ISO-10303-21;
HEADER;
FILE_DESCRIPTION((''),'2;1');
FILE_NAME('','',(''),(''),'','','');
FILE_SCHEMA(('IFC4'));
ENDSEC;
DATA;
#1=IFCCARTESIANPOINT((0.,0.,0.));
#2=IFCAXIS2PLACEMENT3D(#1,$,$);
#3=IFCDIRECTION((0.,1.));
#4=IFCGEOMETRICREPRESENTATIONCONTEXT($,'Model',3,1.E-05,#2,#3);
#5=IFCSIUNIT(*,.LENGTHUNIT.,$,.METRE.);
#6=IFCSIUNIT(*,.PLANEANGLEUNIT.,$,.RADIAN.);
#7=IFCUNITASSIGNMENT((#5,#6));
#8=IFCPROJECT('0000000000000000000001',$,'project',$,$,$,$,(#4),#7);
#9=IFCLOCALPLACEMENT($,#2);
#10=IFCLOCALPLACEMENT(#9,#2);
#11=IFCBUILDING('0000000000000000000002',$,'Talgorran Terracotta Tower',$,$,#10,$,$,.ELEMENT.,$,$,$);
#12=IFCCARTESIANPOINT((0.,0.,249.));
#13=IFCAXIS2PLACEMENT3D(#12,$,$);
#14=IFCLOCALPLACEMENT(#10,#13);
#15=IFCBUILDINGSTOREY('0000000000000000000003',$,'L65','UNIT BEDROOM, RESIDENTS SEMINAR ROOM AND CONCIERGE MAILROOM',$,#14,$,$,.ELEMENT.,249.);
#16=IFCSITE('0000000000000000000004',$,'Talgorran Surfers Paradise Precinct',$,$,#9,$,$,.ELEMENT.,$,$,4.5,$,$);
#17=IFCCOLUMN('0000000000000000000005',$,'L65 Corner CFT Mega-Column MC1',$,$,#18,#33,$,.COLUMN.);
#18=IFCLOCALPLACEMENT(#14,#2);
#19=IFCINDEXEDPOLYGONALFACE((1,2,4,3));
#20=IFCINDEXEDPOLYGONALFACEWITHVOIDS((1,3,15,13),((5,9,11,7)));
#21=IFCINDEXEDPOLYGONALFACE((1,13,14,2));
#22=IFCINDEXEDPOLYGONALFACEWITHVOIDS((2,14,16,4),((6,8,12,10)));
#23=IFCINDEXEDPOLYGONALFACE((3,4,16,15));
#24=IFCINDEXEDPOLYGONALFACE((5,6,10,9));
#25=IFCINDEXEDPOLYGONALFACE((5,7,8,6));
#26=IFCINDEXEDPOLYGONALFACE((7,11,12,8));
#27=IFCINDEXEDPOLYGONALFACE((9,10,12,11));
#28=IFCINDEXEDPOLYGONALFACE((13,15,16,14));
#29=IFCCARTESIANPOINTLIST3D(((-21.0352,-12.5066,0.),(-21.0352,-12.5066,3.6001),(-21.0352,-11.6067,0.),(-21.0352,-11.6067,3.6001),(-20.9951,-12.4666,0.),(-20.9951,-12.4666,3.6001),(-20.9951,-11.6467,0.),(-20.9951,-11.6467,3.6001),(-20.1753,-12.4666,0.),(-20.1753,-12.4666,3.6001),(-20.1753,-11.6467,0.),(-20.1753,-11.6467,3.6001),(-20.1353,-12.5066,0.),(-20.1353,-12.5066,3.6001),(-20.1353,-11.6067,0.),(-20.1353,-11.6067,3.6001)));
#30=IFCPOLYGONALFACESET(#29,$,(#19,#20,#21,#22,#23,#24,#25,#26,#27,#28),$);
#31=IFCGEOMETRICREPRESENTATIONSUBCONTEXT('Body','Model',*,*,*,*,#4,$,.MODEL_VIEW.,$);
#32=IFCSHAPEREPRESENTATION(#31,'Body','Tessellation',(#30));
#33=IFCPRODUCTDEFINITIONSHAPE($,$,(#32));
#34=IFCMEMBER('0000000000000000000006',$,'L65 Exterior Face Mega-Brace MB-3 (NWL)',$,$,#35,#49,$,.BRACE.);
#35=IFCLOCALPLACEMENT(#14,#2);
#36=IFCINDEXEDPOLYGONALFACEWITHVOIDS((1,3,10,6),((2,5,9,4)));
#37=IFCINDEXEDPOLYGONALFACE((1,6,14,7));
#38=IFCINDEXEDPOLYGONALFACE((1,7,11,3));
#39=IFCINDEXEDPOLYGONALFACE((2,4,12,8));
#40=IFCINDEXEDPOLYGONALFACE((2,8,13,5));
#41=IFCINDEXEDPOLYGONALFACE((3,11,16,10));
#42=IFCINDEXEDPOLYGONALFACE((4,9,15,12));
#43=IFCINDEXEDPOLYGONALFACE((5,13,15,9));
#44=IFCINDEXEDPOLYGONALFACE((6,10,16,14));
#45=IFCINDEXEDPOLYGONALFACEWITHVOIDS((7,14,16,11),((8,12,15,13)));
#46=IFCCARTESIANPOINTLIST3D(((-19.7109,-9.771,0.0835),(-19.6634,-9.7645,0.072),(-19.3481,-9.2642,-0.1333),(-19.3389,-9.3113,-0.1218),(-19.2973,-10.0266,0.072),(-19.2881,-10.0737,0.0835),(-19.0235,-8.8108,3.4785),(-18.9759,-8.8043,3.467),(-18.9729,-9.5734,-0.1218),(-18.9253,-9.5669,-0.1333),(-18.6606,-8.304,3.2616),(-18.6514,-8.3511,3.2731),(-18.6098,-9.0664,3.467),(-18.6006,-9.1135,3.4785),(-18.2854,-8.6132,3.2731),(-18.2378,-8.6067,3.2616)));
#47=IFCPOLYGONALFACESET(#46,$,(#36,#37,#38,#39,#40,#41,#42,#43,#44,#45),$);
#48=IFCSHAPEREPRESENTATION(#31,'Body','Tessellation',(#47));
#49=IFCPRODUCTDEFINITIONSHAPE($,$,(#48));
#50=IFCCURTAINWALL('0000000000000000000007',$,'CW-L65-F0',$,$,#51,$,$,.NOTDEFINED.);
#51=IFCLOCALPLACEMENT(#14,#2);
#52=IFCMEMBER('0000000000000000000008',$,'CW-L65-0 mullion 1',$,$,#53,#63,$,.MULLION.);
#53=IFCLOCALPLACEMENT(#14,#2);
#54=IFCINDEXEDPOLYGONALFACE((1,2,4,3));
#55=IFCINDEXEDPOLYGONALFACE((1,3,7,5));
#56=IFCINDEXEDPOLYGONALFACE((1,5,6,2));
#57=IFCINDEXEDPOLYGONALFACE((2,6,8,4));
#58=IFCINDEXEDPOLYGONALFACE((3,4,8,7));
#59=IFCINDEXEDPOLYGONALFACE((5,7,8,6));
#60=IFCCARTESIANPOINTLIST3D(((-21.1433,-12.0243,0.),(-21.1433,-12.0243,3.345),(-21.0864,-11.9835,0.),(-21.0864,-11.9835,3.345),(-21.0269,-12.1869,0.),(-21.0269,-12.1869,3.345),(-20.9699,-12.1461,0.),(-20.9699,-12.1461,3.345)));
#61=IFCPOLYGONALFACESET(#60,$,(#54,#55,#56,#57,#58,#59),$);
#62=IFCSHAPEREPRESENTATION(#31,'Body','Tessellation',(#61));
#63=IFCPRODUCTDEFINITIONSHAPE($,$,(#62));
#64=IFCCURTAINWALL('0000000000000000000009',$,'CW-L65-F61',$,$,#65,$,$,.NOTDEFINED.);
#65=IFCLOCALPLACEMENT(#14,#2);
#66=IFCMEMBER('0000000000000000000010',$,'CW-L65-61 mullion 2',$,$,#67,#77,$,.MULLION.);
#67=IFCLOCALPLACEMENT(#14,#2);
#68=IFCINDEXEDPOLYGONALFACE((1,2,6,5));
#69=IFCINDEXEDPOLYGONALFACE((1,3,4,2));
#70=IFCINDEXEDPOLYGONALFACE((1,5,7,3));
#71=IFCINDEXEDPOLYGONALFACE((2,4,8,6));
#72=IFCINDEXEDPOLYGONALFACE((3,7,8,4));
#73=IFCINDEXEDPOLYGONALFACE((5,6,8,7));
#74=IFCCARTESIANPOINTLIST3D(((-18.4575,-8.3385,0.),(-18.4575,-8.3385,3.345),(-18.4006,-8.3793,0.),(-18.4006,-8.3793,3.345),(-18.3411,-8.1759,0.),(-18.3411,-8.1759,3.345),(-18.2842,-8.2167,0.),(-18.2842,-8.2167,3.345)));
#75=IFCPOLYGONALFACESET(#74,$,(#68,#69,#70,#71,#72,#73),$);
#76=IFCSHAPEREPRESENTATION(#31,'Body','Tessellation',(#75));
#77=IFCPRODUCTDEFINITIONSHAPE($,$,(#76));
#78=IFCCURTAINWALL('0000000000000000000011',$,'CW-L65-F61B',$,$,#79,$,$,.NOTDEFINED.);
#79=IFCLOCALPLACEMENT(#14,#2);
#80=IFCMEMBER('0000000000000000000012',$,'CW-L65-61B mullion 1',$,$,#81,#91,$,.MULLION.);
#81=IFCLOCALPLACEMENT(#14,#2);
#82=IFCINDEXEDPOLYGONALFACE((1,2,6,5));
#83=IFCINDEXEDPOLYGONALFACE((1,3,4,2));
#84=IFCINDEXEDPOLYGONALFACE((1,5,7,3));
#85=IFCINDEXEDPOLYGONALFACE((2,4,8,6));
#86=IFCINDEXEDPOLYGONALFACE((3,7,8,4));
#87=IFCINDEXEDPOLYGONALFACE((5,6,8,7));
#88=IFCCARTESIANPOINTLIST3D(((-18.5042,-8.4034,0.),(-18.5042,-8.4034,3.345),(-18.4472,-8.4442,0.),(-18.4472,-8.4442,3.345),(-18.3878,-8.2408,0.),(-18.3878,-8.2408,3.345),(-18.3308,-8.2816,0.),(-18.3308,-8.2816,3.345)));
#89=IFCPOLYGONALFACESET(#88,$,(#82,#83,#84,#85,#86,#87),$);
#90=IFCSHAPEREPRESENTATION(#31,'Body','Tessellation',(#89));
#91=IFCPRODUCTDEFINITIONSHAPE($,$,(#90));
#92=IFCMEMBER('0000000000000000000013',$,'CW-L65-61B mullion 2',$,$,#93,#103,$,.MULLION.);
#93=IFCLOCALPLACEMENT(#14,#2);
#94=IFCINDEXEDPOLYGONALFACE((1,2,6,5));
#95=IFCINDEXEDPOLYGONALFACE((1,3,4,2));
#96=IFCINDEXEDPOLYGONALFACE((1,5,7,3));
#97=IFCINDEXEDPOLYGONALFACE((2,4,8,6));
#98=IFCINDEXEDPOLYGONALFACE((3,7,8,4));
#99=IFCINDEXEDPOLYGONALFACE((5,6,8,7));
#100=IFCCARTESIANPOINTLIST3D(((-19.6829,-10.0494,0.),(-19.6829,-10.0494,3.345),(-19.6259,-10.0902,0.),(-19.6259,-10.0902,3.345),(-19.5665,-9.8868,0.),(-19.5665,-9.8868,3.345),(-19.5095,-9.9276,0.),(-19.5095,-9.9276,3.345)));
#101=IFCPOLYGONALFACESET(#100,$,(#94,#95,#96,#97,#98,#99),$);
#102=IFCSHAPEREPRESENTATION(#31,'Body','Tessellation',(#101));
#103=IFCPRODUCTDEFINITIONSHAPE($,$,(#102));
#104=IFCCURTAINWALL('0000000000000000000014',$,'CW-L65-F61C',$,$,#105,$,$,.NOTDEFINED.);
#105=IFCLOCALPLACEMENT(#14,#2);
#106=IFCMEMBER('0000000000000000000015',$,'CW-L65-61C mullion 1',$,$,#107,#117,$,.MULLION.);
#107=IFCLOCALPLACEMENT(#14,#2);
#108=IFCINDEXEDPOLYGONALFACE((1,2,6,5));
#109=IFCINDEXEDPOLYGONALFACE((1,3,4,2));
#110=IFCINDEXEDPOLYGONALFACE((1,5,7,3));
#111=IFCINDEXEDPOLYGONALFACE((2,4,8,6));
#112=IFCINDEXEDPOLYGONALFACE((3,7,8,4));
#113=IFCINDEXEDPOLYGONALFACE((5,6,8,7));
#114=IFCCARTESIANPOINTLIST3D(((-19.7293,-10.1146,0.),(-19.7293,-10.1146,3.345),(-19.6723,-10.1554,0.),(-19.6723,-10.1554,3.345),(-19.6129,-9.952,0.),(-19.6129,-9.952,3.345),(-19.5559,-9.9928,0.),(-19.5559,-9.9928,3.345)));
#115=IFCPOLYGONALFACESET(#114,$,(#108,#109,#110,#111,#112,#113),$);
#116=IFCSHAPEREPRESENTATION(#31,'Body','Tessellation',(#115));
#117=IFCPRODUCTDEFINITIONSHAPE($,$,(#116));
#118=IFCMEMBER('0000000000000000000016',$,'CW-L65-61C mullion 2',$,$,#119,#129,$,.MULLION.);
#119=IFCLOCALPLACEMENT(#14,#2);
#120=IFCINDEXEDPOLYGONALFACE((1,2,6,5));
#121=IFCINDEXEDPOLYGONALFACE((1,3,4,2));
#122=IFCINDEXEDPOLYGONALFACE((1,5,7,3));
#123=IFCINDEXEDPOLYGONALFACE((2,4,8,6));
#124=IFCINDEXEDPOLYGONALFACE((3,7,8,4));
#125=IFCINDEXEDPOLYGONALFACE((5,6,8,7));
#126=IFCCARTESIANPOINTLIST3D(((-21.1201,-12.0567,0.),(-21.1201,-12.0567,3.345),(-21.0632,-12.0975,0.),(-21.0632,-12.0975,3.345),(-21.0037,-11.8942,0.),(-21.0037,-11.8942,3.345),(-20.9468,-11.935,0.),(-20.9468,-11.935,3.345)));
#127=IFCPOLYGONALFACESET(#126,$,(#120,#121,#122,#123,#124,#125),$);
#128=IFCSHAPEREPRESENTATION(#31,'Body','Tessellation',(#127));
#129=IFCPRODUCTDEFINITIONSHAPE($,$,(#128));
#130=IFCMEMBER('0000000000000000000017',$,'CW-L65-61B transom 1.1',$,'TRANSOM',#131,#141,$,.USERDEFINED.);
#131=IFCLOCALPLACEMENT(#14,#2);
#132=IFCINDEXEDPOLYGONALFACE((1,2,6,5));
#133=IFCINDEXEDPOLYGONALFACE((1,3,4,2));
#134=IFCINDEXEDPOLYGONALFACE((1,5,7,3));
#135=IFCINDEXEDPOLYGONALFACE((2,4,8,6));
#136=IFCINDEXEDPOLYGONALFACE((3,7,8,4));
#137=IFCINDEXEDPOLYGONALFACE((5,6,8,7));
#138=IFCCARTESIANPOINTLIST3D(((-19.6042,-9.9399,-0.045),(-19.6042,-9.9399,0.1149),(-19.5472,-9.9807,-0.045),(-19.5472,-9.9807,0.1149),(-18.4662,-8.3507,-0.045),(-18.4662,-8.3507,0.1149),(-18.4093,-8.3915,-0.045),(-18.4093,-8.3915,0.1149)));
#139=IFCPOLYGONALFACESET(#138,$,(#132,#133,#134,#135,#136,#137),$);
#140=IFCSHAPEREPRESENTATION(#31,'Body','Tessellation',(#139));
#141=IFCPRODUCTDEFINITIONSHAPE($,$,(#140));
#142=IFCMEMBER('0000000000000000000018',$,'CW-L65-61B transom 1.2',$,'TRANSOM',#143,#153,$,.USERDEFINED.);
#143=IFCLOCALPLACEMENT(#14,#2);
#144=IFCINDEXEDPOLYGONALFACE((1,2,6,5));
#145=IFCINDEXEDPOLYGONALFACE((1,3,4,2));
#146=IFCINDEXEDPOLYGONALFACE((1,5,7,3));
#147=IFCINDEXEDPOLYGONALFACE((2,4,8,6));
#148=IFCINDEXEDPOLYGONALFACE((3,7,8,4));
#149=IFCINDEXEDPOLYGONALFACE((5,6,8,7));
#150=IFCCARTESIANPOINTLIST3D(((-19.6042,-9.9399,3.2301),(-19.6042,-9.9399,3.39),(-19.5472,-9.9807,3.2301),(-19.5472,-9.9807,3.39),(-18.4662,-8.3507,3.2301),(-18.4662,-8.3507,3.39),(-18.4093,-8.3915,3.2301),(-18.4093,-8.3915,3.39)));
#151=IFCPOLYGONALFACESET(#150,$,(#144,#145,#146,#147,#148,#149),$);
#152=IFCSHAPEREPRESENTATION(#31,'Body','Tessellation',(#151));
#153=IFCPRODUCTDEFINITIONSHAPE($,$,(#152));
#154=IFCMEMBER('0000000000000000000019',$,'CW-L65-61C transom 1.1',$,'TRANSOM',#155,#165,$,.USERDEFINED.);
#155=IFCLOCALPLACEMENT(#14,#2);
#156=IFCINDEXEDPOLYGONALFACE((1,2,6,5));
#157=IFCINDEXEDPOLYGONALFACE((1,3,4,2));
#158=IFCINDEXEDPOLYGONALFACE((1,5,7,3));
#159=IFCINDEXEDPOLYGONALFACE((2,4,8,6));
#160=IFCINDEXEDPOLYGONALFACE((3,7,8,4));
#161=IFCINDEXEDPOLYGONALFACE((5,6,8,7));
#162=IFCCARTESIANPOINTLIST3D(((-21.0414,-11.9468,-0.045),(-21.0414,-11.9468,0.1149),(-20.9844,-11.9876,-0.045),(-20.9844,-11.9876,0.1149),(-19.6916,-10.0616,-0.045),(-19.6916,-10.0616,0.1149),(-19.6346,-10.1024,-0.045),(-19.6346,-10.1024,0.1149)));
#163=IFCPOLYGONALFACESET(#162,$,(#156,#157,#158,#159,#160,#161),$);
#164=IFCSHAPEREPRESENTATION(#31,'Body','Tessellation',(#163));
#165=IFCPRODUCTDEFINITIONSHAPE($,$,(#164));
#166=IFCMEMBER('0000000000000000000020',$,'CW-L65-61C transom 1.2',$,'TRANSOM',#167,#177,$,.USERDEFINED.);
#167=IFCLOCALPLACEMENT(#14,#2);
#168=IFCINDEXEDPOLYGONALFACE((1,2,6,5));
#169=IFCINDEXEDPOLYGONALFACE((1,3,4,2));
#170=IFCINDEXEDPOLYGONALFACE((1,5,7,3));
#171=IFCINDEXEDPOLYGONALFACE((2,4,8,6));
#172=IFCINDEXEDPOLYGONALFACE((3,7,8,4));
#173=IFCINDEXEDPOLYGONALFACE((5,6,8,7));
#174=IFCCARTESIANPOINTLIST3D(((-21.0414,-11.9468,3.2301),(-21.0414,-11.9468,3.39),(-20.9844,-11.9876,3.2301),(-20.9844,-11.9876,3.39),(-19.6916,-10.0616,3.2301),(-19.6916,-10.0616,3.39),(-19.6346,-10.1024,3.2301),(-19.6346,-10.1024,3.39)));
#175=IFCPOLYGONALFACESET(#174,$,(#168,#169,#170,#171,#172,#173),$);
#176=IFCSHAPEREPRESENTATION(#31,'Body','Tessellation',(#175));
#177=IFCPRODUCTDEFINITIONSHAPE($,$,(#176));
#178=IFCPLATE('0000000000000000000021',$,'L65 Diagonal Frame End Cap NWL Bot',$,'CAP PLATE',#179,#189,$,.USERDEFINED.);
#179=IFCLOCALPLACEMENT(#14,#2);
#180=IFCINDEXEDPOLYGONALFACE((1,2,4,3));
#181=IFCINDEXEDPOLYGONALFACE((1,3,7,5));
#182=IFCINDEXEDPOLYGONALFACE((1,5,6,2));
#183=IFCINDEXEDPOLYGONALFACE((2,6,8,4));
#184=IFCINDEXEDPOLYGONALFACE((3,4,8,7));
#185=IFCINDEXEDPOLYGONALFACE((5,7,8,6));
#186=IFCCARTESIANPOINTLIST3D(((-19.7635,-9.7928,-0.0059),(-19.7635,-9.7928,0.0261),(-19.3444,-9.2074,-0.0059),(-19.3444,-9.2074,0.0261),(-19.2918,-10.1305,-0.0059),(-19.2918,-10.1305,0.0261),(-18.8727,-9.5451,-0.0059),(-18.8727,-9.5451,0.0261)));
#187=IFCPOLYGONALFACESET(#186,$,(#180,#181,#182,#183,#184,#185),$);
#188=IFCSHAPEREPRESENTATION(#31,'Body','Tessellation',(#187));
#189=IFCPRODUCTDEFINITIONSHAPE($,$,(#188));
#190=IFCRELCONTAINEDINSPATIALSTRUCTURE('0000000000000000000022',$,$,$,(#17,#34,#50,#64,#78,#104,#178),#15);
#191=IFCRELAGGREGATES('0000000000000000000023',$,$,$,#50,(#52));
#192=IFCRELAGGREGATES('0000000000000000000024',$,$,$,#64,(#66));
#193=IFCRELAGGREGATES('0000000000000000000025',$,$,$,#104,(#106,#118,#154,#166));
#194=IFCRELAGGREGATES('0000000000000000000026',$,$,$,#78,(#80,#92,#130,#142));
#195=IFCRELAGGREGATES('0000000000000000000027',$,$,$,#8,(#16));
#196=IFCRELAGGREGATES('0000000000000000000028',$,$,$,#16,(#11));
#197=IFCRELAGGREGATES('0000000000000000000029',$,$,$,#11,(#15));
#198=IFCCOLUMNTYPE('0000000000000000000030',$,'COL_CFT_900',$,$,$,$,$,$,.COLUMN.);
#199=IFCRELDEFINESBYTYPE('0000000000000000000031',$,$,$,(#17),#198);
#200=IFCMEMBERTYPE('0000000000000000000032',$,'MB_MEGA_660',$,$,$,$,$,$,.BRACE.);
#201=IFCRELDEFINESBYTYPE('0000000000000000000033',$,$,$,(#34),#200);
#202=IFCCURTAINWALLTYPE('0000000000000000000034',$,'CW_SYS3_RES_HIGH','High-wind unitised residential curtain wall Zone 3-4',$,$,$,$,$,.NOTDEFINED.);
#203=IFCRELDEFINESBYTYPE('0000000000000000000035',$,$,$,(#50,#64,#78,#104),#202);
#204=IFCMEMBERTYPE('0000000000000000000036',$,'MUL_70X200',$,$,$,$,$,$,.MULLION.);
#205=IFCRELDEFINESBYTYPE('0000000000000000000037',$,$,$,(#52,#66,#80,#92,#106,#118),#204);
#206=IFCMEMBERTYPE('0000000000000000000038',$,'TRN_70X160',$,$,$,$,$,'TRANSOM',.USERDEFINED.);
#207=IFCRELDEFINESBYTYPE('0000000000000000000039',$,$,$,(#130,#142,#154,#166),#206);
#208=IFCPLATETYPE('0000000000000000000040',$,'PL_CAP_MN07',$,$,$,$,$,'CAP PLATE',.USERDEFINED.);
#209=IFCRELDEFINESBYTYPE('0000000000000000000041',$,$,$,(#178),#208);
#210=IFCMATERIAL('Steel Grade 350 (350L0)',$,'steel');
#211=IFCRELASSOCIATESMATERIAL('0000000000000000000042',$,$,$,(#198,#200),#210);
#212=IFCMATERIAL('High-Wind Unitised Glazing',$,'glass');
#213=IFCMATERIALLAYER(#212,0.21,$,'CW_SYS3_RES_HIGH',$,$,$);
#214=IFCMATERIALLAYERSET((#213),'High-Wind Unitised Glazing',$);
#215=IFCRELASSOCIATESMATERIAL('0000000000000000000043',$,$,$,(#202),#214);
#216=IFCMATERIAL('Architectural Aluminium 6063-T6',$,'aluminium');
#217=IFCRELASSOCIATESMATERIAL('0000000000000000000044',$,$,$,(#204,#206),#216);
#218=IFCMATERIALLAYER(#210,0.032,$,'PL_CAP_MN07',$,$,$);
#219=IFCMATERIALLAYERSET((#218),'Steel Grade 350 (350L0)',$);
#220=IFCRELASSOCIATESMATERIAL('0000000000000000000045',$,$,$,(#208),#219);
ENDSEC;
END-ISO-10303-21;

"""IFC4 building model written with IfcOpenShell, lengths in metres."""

from ifc_helpers import new_model, si_unit, direction, frame, origin, origin_2d, place, context, subcontext, project, spatial, rectangle, hollow_rectangle, extrude, material, layer, layer_set, material_profile, profile_set, type_object, element, aggregate, save


model = new_model("IFC4")

# Units and contexts
model_context = context("Model", 3, precision=1e-05, world=origin(), true_north=direction((0.0, 1.0)))
body_context = subcontext(model_context, "Body", "Model", "MODEL_VIEW")
ifc_project = project(units=[si_unit("LENGTHUNIT", "METRE"), si_unit("PLANEANGLEUNIT", "RADIAN")], contexts=[model_context])

# Site, building, storey
site_placement = place(None, origin())
site = spatial("IfcSite", under=ifc_project, at=site_placement, Name="Talgorran Surfers Paradise Precinct", CompositionType="ELEMENT", RefElevation=4.5)
building_placement = place(site_placement, origin())
building = spatial("IfcBuilding", under=site, at=building_placement, Name="Talgorran Terracotta Tower", CompositionType="ELEMENT")
storey_placement = place(building_placement, frame((0.0, 0.0, 249.0)))
storey = spatial("IfcBuildingStorey", under=building, at=storey_placement, Name="L65", Description="UNIT BEDROOM, RESIDENTS SEMINAR ROOM AND CONCIERGE MAILROOM", CompositionType="ELEMENT", Elevation=249.0)

# Column
ifc_material_1 = material(Name="Steel Grade 350 (350L0)", Category="steel")
ifc_material_profile_1 = material_profile(ifc_material_1, hollow_rectangle(XDim=0.8999, YDim=0.8999, WallThickness=0.04, at=origin_2d()), Name="CFT900X900X40")
ifc_profile_set_1 = profile_set([ifc_material_profile_1], Name="Steel Grade 350 (350L0)")
column_type = type_object("IfcColumnType", Name="COL_CFT_900", PredefinedType="COLUMN", material=ifc_profile_set_1)
column_placement = place(storey_placement, frame((-20.5852, -12.0566, 0.0), z_axis=(0.0, 0.0, 1.0), x_axis=(1.0, 0.0, 0.0)))
element("IfcColumn", 1, at=column_placement, inside=storey, type_object=column_type, Name="L65 Corner CFT Mega-Column MC1", PredefinedType="COLUMN", context=body_context, shape_type="SweptSolid", body=[
    extrude(hollow_rectangle(XDim=0.8999, YDim=0.8999, WallThickness=0.04, at=origin_2d()), origin(), (0.0, 0.0, 1.0), 3.6001),
])

# Member
ifc_material_profile_2 = material_profile(ifc_material_1, hollow_rectangle(XDim=0.52, YDim=0.6599, WallThickness=0.0349, at=origin_2d()), Name="WBOX660X520X35")
ifc_profile_set_2 = profile_set([ifc_material_profile_2], Name="Steel Grade 350 (350L0)")
member_type_1 = type_object("IfcMemberType", Name="MB_MEGA_660", PredefinedType="BRACE", material=ifc_profile_set_2)
member_1_placement = place(storey_placement, frame((-19.3181, -9.6689, -0.0249), z_axis=(0.191262, 0.267128, 0.94449), x_axis=(-0.813076, 0.582157, 0.0)))
element("IfcMember", 2, at=member_1_placement, inside=storey, type_object=member_type_1, Name="L65 Exterior Face Mega-Brace MB-3 (NWL)", PredefinedType="BRACE", context=body_context, shape_type="SweptSolid", body=[
    extrude(hollow_rectangle(XDim=0.52, YDim=0.6599, WallThickness=0.0349, at=origin_2d()), origin(), (0.0, 0.0, 1.0), 3.5945),
])

# Curtain walls, members
ifc_material_2 = material(Name="High-Wind Unitised Glazing", Category="glass")
ifc_layer_1 = layer(ifc_material_2, 0.21, Name="CW_SYS3_RES_HIGH")
ifc_layer_set_1 = layer_set([ifc_layer_1], Name="High-Wind Unitised Glazing")
curtain_wall_type = type_object("IfcCurtainWallType", Name="CW_SYS3_RES_HIGH", Description="High-wind unitised residential curtain wall Zone 3-4", PredefinedType="NOTDEFINED", material=ifc_layer_set_1)
curtain_wall_1_placement = place(storey_placement, origin())
curtain_wall_1 = element("IfcCurtainWall", 3, at=curtain_wall_1_placement, inside=storey, type_object=curtain_wall_type, Name="CW-L65-F0", PredefinedType="NOTDEFINED")
ifc_material_3 = material(Name="Architectural Aluminium 6063-T6", Category="aluminium")
ifc_material_profile_3 = material_profile(ifc_material_3, rectangle(XDim=0.0701, YDim=0.2, at=origin_2d()), Name="CWM70X200")
ifc_profile_set_3 = profile_set([ifc_material_profile_3], Name="Architectural Aluminium 6063-T6")
member_type_2 = type_object("IfcMemberType", Name="MUL_70X200", PredefinedType="MULLION", material=ifc_profile_set_3)
member_2_placement = place(storey_placement, frame((-21.0566, -12.0852, 0.0), z_axis=(0.0, 0.0, 1.0), x_axis=(0.813031, 0.58222, 0.0)))
member_2 = element("IfcMember", 4, at=member_2_placement, type_object=member_type_2, Name="CW-L65-0 mullion 1", PredefinedType="MULLION", context=body_context, shape_type="SweptSolid", body=[
    extrude(rectangle(XDim=0.0701, YDim=0.2, at=origin_2d()), origin(), (0.0, 0.0, 1.0), 3.345),
])
aggregate(curtain_wall_1, [member_2])
curtain_wall_2_placement = place(storey_placement, origin())
curtain_wall_2 = element("IfcCurtainWall", 5, at=curtain_wall_2_placement, inside=storey, type_object=curtain_wall_type, Name="CW-L65-F61", PredefinedType="NOTDEFINED")
member_3_placement = place(storey_placement, frame((-18.3708, -8.2776, 0.0), z_axis=(0.0, 0.0, 1.0), x_axis=(0.81304, -0.582208, 0.0)))
member_3 = element("IfcMember", 6, at=member_3_placement, type_object=member_type_2, Name="CW-L65-61 mullion 2", PredefinedType="MULLION", context=body_context, shape_type="SweptSolid", body=[
    extrude(rectangle(XDim=0.0701, YDim=0.2, at=origin_2d()), origin(), (0.0, 0.0, 1.0), 3.345),
])
aggregate(curtain_wall_2, [member_3])

# Curtain walls, members
curtain_wall_3_placement = place(storey_placement, origin())
curtain_wall_3 = element("IfcCurtainWall", 7, at=curtain_wall_3_placement, inside=storey, type_object=curtain_wall_type, Name="CW-L65-F61B", PredefinedType="NOTDEFINED")
member_4_placement = place(storey_placement, frame((-18.4175, -8.3425, 0.0), z_axis=(0.0, 0.0, 1.0), x_axis=(0.813046, -0.5822, 0.0)))
member_4 = element("IfcMember", 8, at=member_4_placement, type_object=member_type_2, Name="CW-L65-61B mullion 1", PredefinedType="MULLION", context=body_context, shape_type="SweptSolid", body=[
    extrude(rectangle(XDim=0.0701, YDim=0.2, at=origin_2d()), origin(), (0.0, 0.0, 1.0), 3.345),
])
member_5_placement = place(storey_placement, frame((-19.5962, -9.9885, 0.0), z_axis=(0.0, 0.0, 1.0), x_axis=(0.813046, -0.5822, 0.0)))
member_5 = element("IfcMember", 9, at=member_5_placement, type_object=member_type_2, Name="CW-L65-61B mullion 2", PredefinedType="MULLION", context=body_context, shape_type="SweptSolid", body=[
    extrude(rectangle(XDim=0.0701, YDim=0.2, at=origin_2d()), origin(), (0.0, 0.0, 1.0), 3.345),
])
curtain_wall_4_placement = place(storey_placement, origin())
curtain_wall_4 = element("IfcCurtainWall", 10, at=curtain_wall_4_placement, inside=storey, type_object=curtain_wall_type, Name="CW-L65-F61C", PredefinedType="NOTDEFINED")
member_6_placement = place(storey_placement, frame((-19.6426, -10.0537, 0.0), z_axis=(0.0, 0.0, 1.0), x_axis=(0.813032, -0.582219, 0.0)))
member_6 = element("IfcMember", 11, at=member_6_placement, type_object=member_type_2, Name="CW-L65-61C mullion 1", PredefinedType="MULLION", context=body_context, shape_type="SweptSolid", body=[
    extrude(rectangle(XDim=0.0701, YDim=0.2, at=origin_2d()), origin(), (0.0, 0.0, 1.0), 3.345),
])
member_7_placement = place(storey_placement, frame((-21.0334, -11.9958, 0.0), z_axis=(0.0, 0.0, 1.0), x_axis=(0.813032, -0.582219, 0.0)))
member_7 = element("IfcMember", 12, at=member_7_placement, type_object=member_type_2, Name="CW-L65-61C mullion 2", PredefinedType="MULLION", context=body_context, shape_type="SweptSolid", body=[
    extrude(rectangle(XDim=0.0701, YDim=0.2, at=origin_2d()), origin(), (0.0, 0.0, 1.0), 3.345),
])

# Members
ifc_material_profile_4 = material_profile(ifc_material_3, rectangle(XDim=0.0701, YDim=0.1599, at=origin_2d()), Name="CWT70X160")
ifc_profile_set_4 = profile_set([ifc_material_profile_4], Name="Architectural Aluminium 6063-T6")
member_type_3 = type_object("IfcMemberType", Name="TRN_70X160", ElementType="TRANSOM", PredefinedType="USERDEFINED", material=ifc_profile_set_4)
member_8_placement = place(storey_placement, frame((-18.4377, -8.3711, 0.0349), z_axis=(-0.582207, -0.813041, 0.0), x_axis=(0.813041, -0.582207, 0.0)))
member_8 = element("IfcMember", 13, at=member_8_placement, type_object=member_type_3, Name="CW-L65-61B transom 1.1", ObjectType="TRANSOM", PredefinedType="USERDEFINED", context=body_context, shape_type="SweptSolid", body=[
    extrude(rectangle(XDim=0.0701, YDim=0.1599, at=origin_2d()), origin(), (0.0, 0.0, 1.0), 1.9546),
])
member_9_placement = place(storey_placement, frame((-18.4377, -8.3711, 3.3101), z_axis=(-0.582207, -0.813041, 0.0), x_axis=(0.813041, -0.582207, 0.0)))
member_9 = element("IfcMember", 14, at=member_9_placement, type_object=member_type_3, Name="CW-L65-61B transom 1.2", ObjectType="TRANSOM", PredefinedType="USERDEFINED", context=body_context, shape_type="SweptSolid", body=[
    extrude(rectangle(XDim=0.0701, YDim=0.1599, at=origin_2d()), origin(), (0.0, 0.0, 1.0), 1.9546),
])
member_10_placement = place(storey_placement, frame((-19.6631, -10.082, 0.0349), z_axis=(-0.582164, -0.813071, 0.0), x_axis=(0.813071, -0.582164, 0.0)))
member_10 = element("IfcMember", 15, at=member_10_placement, type_object=member_type_3, Name="CW-L65-61C transom 1.1", ObjectType="TRANSOM", PredefinedType="USERDEFINED", context=body_context, shape_type="SweptSolid", body=[
    extrude(rectangle(XDim=0.0701, YDim=0.1599, at=origin_2d()), origin(), (0.0, 0.0, 1.0), 2.3186),
])
member_11_placement = place(storey_placement, frame((-19.6631, -10.082, 3.3101), z_axis=(-0.582164, -0.813071, 0.0), x_axis=(0.813071, -0.582164, 0.0)))
member_11 = element("IfcMember", 16, at=member_11_placement, type_object=member_type_3, Name="CW-L65-61C transom 1.2", ObjectType="TRANSOM", PredefinedType="USERDEFINED", context=body_context, shape_type="SweptSolid", body=[
    extrude(rectangle(XDim=0.0701, YDim=0.1599, at=origin_2d()), origin(), (0.0, 0.0, 1.0), 2.3186),
])

# Plate
ifc_layer_2 = layer(ifc_material_1, 0.032, Name="PL_CAP_MN07")
ifc_layer_set_2 = layer_set([ifc_layer_2], Name="Steel Grade 350 (350L0)")
plate_type_1 = type_object("IfcPlateType", Name="PL_CAP_MN07", ElementType="CAP PLATE", PredefinedType="USERDEFINED", material=ifc_layer_set_2)
for number, where, z_axis, x_axis, name in (
    (17, (-19.3181, -9.6689, -0.0059), (0.0, 0.0, 1.0), (0.582123, 0.813101, 0.0), "L65 Diagonal Frame End Cap NWL Bot"),
):
    element("IfcPlate", number, at=place(storey_placement, frame(where, z_axis=z_axis, x_axis=x_axis)), inside=storey, type_object=plate_type_1, Name=name, ObjectType="CAP PLATE", PredefinedType="USERDEFINED", context=body_context, shape_type="SweptSolid", body=[
        extrude(rectangle(XDim=0.72, YDim=0.5801, at=origin_2d()), origin(), (0.0, 0.0, 1.0), 0.032),
    ])

aggregate(curtain_wall_4, [member_6, member_7, member_10, member_11])
aggregate(curtain_wall_3, [member_4, member_5, member_8, member_9])

save(model, "model.ifc")
